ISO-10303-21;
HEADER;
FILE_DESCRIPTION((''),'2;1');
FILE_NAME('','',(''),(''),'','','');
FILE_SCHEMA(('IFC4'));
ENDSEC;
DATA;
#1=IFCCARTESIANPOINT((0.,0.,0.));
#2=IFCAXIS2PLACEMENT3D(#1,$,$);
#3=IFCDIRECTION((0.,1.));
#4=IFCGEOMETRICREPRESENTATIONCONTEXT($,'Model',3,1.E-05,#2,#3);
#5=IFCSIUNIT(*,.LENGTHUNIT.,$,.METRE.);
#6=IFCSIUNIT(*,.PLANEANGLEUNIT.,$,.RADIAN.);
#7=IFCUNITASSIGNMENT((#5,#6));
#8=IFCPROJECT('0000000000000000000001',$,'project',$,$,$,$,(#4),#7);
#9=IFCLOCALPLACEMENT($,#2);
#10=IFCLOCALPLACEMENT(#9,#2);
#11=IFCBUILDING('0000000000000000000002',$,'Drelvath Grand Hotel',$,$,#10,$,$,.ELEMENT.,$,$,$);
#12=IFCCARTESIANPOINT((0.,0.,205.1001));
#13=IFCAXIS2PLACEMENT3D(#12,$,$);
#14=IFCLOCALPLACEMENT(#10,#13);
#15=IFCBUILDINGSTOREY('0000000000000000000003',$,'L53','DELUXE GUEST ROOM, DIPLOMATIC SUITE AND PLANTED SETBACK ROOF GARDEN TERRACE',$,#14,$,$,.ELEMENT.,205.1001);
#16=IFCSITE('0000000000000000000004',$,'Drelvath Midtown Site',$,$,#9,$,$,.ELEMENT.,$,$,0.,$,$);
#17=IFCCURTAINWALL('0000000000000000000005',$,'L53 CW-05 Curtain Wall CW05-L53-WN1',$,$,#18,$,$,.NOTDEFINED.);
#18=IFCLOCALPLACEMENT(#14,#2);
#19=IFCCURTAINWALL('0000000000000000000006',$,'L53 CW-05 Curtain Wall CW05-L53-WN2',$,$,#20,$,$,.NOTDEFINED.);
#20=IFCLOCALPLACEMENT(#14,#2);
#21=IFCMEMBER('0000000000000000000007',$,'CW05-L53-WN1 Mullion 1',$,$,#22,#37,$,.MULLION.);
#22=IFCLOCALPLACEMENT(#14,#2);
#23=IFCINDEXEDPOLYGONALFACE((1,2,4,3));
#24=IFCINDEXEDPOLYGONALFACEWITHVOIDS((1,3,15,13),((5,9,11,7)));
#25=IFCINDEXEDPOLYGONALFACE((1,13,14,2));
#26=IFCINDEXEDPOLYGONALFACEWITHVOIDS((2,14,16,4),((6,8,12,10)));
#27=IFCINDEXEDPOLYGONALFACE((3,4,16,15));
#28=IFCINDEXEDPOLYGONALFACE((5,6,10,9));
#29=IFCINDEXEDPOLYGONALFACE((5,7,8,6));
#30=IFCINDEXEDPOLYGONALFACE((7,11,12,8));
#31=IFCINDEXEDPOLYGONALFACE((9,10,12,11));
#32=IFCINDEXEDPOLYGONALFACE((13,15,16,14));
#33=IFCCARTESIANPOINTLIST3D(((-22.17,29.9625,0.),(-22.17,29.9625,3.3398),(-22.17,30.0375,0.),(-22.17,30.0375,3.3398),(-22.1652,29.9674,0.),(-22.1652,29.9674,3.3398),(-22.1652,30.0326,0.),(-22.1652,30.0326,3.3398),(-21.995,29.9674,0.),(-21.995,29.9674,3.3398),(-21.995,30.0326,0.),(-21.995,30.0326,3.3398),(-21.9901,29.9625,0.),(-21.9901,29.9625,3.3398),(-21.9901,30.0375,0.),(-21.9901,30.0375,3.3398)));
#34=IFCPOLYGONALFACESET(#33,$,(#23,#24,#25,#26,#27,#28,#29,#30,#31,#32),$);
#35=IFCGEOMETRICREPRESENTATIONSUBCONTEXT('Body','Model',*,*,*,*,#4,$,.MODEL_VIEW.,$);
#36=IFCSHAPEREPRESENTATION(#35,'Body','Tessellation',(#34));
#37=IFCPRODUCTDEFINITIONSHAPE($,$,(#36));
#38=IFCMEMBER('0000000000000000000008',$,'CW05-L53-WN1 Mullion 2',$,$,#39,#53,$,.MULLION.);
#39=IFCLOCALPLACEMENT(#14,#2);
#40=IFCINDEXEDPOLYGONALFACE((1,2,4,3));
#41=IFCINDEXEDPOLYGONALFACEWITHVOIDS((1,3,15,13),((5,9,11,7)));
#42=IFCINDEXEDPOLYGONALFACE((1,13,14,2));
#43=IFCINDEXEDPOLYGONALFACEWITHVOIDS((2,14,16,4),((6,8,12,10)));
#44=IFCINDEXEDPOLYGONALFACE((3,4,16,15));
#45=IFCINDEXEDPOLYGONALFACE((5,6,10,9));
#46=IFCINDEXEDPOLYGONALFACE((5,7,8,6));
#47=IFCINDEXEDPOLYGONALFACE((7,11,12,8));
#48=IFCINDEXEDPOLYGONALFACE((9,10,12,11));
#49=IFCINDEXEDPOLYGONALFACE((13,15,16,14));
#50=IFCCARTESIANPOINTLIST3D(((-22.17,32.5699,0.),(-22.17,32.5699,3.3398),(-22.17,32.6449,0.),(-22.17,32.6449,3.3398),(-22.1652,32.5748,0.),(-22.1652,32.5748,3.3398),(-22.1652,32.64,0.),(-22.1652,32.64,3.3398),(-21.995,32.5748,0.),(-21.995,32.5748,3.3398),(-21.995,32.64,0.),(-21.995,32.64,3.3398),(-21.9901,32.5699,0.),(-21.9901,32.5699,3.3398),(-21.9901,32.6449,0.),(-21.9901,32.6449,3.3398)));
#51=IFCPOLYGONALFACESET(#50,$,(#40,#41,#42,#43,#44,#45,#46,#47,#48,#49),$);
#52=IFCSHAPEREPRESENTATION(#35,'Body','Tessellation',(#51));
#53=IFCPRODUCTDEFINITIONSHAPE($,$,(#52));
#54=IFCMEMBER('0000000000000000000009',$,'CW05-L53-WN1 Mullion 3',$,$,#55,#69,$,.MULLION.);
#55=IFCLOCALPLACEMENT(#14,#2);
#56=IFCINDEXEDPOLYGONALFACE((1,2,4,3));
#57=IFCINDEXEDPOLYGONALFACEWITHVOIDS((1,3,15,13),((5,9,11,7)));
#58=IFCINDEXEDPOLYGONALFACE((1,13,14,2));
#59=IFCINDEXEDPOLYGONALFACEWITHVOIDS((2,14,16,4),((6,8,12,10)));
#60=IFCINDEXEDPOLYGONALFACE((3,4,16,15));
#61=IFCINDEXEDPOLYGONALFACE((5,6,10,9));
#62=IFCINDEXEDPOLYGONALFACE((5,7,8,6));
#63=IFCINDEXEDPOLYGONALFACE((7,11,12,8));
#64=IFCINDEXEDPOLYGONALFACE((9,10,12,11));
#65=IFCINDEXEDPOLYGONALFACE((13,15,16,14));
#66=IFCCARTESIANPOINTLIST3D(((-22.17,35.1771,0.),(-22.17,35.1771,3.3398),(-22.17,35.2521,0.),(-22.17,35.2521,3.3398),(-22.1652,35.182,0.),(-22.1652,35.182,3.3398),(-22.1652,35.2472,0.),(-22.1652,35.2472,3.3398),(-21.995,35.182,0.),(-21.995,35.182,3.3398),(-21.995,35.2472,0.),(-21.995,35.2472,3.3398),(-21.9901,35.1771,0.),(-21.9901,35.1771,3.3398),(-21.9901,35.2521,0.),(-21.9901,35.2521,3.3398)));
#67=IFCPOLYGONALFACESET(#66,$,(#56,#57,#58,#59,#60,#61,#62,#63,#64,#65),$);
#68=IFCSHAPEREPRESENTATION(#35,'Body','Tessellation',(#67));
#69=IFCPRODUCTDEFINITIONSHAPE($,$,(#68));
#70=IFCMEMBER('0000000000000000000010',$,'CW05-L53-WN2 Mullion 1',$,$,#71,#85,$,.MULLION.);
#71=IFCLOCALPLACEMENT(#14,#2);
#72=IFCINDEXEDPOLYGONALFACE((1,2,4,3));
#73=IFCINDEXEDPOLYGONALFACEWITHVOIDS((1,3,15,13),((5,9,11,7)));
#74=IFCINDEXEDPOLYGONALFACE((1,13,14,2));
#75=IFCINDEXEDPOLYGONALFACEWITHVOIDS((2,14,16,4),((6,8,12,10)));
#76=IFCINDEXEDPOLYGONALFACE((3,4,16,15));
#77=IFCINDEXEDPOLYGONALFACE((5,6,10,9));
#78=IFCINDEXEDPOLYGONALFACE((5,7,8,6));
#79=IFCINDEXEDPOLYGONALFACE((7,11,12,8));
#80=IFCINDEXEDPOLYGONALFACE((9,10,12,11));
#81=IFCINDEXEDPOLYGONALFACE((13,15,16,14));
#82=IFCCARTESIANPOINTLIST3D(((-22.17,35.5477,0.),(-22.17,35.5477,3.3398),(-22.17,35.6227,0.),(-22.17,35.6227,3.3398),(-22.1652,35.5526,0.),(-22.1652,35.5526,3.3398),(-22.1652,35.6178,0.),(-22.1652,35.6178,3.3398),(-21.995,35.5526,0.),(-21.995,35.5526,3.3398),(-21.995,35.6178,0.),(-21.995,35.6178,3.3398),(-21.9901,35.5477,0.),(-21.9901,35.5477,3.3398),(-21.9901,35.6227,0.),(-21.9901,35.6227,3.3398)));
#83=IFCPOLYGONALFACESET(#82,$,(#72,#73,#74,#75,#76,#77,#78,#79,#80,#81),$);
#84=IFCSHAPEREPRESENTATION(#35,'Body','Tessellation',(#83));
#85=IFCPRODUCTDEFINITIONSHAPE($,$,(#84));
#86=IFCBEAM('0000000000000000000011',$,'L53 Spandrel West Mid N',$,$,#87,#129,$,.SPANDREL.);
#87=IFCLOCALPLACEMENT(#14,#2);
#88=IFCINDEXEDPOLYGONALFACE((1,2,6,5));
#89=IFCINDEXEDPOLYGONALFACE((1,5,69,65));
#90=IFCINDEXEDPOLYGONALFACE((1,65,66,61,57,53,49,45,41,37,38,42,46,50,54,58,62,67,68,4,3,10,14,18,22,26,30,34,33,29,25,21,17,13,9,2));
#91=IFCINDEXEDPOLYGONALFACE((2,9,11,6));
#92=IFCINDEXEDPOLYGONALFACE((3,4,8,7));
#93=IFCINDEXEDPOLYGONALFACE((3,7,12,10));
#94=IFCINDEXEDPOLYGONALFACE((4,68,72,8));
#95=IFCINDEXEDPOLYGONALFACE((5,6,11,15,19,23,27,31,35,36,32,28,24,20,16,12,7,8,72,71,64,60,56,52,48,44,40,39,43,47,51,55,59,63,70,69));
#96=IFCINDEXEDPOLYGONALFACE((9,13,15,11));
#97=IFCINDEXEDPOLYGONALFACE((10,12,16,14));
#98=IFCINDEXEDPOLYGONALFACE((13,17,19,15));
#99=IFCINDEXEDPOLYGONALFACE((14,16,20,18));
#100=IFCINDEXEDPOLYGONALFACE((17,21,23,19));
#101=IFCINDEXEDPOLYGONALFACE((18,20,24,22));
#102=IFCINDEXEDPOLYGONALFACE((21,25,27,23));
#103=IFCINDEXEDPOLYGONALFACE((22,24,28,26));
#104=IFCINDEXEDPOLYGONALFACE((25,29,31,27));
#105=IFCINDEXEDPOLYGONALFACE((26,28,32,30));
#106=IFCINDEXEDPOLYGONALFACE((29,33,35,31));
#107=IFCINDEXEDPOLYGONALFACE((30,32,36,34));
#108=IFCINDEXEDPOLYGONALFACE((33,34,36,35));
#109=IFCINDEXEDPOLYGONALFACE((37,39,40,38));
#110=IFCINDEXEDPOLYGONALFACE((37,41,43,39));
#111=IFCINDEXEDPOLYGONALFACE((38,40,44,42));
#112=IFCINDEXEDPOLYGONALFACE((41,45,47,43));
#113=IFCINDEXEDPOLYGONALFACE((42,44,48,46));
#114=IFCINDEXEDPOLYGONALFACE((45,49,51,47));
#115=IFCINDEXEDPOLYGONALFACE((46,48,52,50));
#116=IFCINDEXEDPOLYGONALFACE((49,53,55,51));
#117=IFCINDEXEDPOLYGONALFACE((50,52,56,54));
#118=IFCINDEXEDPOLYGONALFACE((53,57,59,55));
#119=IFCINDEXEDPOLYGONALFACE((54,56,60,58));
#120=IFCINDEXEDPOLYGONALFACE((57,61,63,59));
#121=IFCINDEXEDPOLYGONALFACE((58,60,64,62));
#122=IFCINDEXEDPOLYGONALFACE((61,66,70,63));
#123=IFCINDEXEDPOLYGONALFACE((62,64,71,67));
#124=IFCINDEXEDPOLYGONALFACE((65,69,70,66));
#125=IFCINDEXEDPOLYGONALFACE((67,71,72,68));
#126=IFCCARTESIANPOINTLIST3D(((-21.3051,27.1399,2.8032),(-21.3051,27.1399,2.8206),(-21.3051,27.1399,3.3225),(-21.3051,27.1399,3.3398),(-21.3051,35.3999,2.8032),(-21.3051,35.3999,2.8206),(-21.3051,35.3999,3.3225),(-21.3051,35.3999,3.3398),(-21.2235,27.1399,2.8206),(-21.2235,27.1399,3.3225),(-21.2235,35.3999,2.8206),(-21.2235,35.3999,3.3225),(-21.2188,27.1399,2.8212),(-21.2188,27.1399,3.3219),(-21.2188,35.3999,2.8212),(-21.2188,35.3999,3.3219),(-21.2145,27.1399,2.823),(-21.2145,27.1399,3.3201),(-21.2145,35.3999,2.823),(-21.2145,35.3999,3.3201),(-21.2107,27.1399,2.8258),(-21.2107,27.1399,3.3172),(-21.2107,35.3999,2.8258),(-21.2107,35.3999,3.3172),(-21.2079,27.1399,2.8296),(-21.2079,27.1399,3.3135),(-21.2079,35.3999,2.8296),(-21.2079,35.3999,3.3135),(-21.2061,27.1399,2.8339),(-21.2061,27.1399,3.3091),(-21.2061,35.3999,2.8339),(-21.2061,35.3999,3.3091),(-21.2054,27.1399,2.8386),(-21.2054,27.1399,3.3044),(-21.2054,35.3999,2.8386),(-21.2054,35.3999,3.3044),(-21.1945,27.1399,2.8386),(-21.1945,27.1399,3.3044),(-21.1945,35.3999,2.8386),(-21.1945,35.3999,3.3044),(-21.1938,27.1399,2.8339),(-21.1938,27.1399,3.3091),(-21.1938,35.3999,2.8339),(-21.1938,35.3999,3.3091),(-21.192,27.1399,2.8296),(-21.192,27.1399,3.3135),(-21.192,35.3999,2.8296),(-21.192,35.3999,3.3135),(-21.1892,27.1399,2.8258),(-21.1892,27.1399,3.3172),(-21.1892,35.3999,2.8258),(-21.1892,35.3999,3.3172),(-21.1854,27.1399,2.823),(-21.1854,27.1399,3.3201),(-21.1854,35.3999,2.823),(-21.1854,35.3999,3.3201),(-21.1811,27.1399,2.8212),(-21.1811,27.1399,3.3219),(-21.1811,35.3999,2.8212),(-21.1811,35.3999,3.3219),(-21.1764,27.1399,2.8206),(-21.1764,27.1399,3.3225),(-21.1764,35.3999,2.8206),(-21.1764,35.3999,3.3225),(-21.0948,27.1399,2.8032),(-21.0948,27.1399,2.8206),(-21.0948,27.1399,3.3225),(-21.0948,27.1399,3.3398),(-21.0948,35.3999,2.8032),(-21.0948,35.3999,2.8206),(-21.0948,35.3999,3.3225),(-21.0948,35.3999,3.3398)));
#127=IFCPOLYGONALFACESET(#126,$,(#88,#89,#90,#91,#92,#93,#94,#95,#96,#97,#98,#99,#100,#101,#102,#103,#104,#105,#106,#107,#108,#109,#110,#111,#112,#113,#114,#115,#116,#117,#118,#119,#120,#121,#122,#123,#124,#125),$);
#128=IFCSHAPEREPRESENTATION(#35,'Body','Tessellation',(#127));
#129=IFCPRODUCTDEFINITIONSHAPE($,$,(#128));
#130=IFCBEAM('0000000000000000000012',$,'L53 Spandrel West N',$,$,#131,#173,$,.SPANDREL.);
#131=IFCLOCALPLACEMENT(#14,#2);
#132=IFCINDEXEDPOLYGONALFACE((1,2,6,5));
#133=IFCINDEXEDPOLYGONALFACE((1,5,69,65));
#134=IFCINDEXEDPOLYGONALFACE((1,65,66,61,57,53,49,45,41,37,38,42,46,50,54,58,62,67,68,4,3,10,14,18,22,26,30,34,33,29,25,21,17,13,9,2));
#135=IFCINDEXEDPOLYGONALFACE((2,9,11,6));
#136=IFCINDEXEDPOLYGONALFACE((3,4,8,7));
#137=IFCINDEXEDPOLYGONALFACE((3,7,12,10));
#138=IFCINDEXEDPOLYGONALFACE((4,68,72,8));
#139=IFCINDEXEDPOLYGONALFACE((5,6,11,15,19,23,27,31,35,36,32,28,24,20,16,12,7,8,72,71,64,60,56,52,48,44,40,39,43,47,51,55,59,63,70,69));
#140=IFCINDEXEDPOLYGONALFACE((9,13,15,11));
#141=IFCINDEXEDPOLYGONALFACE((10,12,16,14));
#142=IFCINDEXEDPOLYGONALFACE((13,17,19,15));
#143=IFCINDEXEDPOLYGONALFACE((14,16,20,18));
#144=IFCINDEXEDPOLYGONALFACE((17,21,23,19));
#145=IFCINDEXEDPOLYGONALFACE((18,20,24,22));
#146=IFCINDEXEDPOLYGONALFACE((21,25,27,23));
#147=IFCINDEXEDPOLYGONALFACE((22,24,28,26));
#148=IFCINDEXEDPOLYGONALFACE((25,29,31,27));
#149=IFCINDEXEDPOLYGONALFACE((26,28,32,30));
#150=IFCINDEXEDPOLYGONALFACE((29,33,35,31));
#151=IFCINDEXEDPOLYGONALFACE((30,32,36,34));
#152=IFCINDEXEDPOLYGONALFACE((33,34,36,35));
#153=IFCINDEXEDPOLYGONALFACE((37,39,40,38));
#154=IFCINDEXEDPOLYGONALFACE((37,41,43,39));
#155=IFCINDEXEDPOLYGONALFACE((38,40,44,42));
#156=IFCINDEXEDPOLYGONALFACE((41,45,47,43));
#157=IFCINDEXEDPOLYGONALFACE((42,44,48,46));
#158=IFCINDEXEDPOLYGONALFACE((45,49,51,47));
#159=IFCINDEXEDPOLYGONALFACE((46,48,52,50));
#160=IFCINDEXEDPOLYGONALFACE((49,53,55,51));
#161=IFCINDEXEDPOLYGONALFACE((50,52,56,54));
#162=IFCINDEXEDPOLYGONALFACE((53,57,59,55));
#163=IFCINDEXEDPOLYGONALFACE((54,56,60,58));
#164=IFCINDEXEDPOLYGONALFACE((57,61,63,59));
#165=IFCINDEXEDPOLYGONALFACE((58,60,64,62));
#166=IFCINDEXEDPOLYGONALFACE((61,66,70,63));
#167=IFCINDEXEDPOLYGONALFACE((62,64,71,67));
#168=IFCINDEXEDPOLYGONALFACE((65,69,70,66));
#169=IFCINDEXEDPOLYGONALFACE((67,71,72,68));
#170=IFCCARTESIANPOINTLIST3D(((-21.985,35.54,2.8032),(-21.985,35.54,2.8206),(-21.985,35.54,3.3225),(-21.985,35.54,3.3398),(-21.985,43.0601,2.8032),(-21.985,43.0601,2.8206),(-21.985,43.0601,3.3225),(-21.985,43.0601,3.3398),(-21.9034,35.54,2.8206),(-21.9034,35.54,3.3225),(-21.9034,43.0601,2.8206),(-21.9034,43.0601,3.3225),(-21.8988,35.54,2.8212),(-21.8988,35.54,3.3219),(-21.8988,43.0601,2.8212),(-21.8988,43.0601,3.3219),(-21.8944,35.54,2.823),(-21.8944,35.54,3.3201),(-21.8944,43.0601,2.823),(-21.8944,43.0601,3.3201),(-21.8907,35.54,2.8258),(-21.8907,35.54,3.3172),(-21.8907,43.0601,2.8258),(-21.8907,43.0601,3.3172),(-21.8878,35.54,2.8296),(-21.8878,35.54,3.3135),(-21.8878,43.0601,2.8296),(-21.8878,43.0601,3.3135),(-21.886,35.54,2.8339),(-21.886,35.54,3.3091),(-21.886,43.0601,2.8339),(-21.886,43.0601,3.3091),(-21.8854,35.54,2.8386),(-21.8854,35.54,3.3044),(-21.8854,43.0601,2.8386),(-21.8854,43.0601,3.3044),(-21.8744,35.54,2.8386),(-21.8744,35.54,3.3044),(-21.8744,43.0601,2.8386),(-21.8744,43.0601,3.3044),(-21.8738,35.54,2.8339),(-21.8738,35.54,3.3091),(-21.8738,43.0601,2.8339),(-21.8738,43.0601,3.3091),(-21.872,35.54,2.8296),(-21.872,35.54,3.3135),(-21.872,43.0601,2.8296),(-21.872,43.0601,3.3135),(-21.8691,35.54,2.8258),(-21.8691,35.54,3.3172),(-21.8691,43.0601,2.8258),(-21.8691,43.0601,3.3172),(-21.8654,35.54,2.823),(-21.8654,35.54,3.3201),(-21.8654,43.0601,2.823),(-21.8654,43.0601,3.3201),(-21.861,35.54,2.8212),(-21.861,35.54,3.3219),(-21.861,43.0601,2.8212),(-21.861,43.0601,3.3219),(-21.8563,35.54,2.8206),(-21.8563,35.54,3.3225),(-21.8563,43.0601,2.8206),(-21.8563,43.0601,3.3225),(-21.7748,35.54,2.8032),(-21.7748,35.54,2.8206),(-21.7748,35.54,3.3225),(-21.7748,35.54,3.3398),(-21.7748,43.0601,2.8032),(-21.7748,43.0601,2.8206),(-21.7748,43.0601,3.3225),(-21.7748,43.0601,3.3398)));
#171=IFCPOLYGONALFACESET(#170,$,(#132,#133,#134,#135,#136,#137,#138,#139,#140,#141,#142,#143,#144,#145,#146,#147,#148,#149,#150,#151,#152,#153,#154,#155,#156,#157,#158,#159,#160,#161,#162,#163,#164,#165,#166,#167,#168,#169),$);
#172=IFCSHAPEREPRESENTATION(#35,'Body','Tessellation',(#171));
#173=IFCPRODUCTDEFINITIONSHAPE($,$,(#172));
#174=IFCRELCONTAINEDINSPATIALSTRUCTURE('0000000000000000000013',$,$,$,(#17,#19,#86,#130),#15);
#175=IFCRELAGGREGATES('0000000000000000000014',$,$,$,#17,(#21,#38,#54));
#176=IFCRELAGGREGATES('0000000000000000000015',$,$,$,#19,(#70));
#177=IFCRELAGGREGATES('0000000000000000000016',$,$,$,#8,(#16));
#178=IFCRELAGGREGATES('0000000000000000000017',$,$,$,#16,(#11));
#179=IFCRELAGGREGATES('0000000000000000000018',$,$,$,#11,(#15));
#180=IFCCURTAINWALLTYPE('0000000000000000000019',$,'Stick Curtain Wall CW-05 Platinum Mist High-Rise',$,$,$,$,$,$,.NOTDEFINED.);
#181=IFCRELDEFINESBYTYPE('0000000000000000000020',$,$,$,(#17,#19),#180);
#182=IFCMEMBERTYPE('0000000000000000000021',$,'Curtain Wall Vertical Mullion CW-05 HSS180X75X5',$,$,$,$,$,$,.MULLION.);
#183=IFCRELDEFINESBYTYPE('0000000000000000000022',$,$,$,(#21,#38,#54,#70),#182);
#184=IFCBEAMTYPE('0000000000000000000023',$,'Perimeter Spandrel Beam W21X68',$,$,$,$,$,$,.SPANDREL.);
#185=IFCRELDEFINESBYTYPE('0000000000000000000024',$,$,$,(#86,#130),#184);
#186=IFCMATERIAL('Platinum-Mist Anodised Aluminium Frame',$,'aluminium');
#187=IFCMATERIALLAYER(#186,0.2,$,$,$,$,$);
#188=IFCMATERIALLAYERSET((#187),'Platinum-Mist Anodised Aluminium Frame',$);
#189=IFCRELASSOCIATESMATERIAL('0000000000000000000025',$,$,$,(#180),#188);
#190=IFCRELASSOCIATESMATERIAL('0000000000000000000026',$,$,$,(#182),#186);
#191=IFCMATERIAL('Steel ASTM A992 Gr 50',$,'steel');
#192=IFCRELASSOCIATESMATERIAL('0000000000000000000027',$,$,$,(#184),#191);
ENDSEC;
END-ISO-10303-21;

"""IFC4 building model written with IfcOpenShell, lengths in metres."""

from ifc_helpers import new_model, si_unit, direction, frame, origin, origin_2d, place, context, subcontext, project, spatial, hollow_rectangle, i_section, extrude, material, layer, layer_set, material_profile, profile_set, type_object, element, aggregate, save


model = new_model("IFC4")

# Units and contexts
model_context = context("Model", 3, precision=1e-05, world=origin(), true_north=direction((0.0, 1.0)))
body_context = subcontext(model_context, "Body", "Model", "MODEL_VIEW")
ifc_project = project(units=[si_unit("LENGTHUNIT", "METRE"), si_unit("PLANEANGLEUNIT", "RADIAN")], contexts=[model_context])

# Site, building, storey
site_placement = place(None, origin())
site = spatial("IfcSite", under=ifc_project, at=site_placement, Name="Drelvath Midtown Site", CompositionType="ELEMENT", RefElevation=0.0)
building_placement = place(site_placement, origin())
building = spatial("IfcBuilding", under=site, at=building_placement, Name="Drelvath Grand Hotel", CompositionType="ELEMENT")
storey_placement = place(building_placement, frame((0.0, 0.0, 205.1001)))
storey = spatial("IfcBuildingStorey", under=building, at=storey_placement, Name="L53", Description="DELUXE GUEST ROOM, DIPLOMATIC SUITE AND PLANTED SETBACK ROOF GARDEN TERRACE", CompositionType="ELEMENT", Elevation=205.1001)

# Curtain walls
ifc_material_1 = material(Name="Platinum-Mist Anodised Aluminium Frame", Category="aluminium")
ifc_layer_1 = layer(ifc_material_1, 0.2)
ifc_layer_set_1 = layer_set([ifc_layer_1], Name="Platinum-Mist Anodised Aluminium Frame")
curtain_wall_type = type_object("IfcCurtainWallType", Name="Stick Curtain Wall CW-05 Platinum Mist High-Rise", PredefinedType="NOTDEFINED", material=ifc_layer_set_1)
curtain_wall_1_placement = place(storey_placement, origin())
curtain_wall_1 = element("IfcCurtainWall", 1, at=curtain_wall_1_placement, inside=storey, type_object=curtain_wall_type, Name="L53 CW-05 Curtain Wall CW05-L53-WN1", PredefinedType="NOTDEFINED")
curtain_wall_2_placement = place(storey_placement, origin())
curtain_wall_2 = element("IfcCurtainWall", 2, at=curtain_wall_2_placement, inside=storey, type_object=curtain_wall_type, Name="L53 CW-05 Curtain Wall CW05-L53-WN2", PredefinedType="NOTDEFINED")

# Members
ifc_material_profile_1 = material_profile(ifc_material_1, hollow_rectangle(XDim=0.075, YDim=0.1799, WallThickness=0.0049, at=origin_2d()), Name="HSS180X75X5")
ifc_profile_set_1 = profile_set([ifc_material_profile_1], Name="Platinum-Mist Anodised Aluminium Frame")
member_type_1 = type_object("IfcMemberType", Name="Curtain Wall Vertical Mullion CW-05 HSS180X75X5", PredefinedType="MULLION", material=ifc_profile_set_1)
member_1_placement = place(storey_placement, frame((-22.0801, 30.0, 0.0), z_axis=(0.0, 0.0, 1.0), x_axis=(0.0, 1.0, 0.0)))
member_1 = element("IfcMember", 3, at=member_1_placement, type_object=member_type_1, Name="CW05-L53-WN1 Mullion 1", PredefinedType="MULLION", context=body_context, shape_type="SweptSolid", body=[
    extrude(hollow_rectangle(XDim=0.075, YDim=0.1799, WallThickness=0.0049, at=origin_2d()), origin(), (0.0, 0.0, 1.0), 3.3398),
])
member_2_placement = place(storey_placement, frame((-22.0801, 32.6074, 0.0), z_axis=(0.0, 0.0, 1.0), x_axis=(0.0, 1.0, 0.0)))
member_2 = element("IfcMember", 4, at=member_2_placement, type_object=member_type_1, Name="CW05-L53-WN1 Mullion 2", PredefinedType="MULLION", context=body_context, shape_type="SweptSolid", body=[
    extrude(hollow_rectangle(XDim=0.075, YDim=0.1799, WallThickness=0.0049, at=origin_2d()), origin(), (0.0, 0.0, 1.0), 3.3398),
])
member_3_placement = place(storey_placement, frame((-22.0801, 35.2146, 0.0), z_axis=(0.0, 0.0, 1.0), x_axis=(0.0, 1.0, 0.0)))
member_3 = element("IfcMember", 5, at=member_3_placement, type_object=member_type_1, Name="CW05-L53-WN1 Mullion 3", PredefinedType="MULLION", context=body_context, shape_type="SweptSolid", body=[
    extrude(hollow_rectangle(XDim=0.075, YDim=0.1799, WallThickness=0.0049, at=origin_2d()), origin(), (0.0, 0.0, 1.0), 3.3398),
])
member_4_placement = place(storey_placement, frame((-22.0801, 35.5852, 0.0), z_axis=(0.0, 0.0, 1.0), x_axis=(0.0, 1.0, 0.0)))
member_4 = element("IfcMember", 6, at=member_4_placement, type_object=member_type_1, Name="CW05-L53-WN2 Mullion 1", PredefinedType="MULLION", context=body_context, shape_type="SweptSolid", body=[
    extrude(hollow_rectangle(XDim=0.075, YDim=0.1799, WallThickness=0.0049, at=origin_2d()), origin(), (0.0, 0.0, 1.0), 3.3398),
])

# Beams
ifc_material_2 = material(Name="Steel ASTM A992 Gr 50", Category="steel")
ifc_material_profile_2 = material_profile(ifc_material_2, i_section(OverallWidth=0.2102, OverallDepth=0.5366, WebThickness=0.011, FlangeThickness=0.0173, FilletRadius=0.0181, at=origin_2d()), Name="W21X68")
ifc_profile_set_2 = profile_set([ifc_material_profile_2], Name="Steel ASTM A992 Gr 50")
beam_type_1 = type_object("IfcBeamType", Name="Perimeter Spandrel Beam W21X68", PredefinedType="SPANDREL", material=ifc_profile_set_2)
beam_1_placement = place(storey_placement, frame((-21.2, 27.1399, 3.0715), z_axis=(0.0, 1.0, 0.0), x_axis=(-1.0, 0.0, 0.0)))
element("IfcBeam", 7, at=beam_1_placement, inside=storey, type_object=beam_type_1, Name="L53 Spandrel West Mid N", PredefinedType="SPANDREL", context=body_context, shape_type="SweptSolid", body=[
    extrude(i_section(OverallWidth=0.2102, OverallDepth=0.5366, WebThickness=0.011, FlangeThickness=0.0173, FilletRadius=0.0181, at=origin_2d()), origin(), (0.0, 0.0, 1.0), 8.26),
])
beam_2_placement = place(storey_placement, frame((-21.8799, 35.54, 3.0715), z_axis=(0.0, 1.0, 0.0), x_axis=(-1.0, 0.0, 0.0)))
element("IfcBeam", 8, at=beam_2_placement, inside=storey, type_object=beam_type_1, Name="L53 Spandrel West N", PredefinedType="SPANDREL", context=body_context, shape_type="SweptSolid", body=[
    extrude(i_section(OverallWidth=0.2102, OverallDepth=0.5366, WebThickness=0.011, FlangeThickness=0.0173, FilletRadius=0.0181, at=origin_2d()), origin(), (0.0, 0.0, 1.0), 7.52),
])

aggregate(curtain_wall_1, [member_1, member_2, member_3])
aggregate(curtain_wall_2, [member_4])

save(model, "model.ifc")
